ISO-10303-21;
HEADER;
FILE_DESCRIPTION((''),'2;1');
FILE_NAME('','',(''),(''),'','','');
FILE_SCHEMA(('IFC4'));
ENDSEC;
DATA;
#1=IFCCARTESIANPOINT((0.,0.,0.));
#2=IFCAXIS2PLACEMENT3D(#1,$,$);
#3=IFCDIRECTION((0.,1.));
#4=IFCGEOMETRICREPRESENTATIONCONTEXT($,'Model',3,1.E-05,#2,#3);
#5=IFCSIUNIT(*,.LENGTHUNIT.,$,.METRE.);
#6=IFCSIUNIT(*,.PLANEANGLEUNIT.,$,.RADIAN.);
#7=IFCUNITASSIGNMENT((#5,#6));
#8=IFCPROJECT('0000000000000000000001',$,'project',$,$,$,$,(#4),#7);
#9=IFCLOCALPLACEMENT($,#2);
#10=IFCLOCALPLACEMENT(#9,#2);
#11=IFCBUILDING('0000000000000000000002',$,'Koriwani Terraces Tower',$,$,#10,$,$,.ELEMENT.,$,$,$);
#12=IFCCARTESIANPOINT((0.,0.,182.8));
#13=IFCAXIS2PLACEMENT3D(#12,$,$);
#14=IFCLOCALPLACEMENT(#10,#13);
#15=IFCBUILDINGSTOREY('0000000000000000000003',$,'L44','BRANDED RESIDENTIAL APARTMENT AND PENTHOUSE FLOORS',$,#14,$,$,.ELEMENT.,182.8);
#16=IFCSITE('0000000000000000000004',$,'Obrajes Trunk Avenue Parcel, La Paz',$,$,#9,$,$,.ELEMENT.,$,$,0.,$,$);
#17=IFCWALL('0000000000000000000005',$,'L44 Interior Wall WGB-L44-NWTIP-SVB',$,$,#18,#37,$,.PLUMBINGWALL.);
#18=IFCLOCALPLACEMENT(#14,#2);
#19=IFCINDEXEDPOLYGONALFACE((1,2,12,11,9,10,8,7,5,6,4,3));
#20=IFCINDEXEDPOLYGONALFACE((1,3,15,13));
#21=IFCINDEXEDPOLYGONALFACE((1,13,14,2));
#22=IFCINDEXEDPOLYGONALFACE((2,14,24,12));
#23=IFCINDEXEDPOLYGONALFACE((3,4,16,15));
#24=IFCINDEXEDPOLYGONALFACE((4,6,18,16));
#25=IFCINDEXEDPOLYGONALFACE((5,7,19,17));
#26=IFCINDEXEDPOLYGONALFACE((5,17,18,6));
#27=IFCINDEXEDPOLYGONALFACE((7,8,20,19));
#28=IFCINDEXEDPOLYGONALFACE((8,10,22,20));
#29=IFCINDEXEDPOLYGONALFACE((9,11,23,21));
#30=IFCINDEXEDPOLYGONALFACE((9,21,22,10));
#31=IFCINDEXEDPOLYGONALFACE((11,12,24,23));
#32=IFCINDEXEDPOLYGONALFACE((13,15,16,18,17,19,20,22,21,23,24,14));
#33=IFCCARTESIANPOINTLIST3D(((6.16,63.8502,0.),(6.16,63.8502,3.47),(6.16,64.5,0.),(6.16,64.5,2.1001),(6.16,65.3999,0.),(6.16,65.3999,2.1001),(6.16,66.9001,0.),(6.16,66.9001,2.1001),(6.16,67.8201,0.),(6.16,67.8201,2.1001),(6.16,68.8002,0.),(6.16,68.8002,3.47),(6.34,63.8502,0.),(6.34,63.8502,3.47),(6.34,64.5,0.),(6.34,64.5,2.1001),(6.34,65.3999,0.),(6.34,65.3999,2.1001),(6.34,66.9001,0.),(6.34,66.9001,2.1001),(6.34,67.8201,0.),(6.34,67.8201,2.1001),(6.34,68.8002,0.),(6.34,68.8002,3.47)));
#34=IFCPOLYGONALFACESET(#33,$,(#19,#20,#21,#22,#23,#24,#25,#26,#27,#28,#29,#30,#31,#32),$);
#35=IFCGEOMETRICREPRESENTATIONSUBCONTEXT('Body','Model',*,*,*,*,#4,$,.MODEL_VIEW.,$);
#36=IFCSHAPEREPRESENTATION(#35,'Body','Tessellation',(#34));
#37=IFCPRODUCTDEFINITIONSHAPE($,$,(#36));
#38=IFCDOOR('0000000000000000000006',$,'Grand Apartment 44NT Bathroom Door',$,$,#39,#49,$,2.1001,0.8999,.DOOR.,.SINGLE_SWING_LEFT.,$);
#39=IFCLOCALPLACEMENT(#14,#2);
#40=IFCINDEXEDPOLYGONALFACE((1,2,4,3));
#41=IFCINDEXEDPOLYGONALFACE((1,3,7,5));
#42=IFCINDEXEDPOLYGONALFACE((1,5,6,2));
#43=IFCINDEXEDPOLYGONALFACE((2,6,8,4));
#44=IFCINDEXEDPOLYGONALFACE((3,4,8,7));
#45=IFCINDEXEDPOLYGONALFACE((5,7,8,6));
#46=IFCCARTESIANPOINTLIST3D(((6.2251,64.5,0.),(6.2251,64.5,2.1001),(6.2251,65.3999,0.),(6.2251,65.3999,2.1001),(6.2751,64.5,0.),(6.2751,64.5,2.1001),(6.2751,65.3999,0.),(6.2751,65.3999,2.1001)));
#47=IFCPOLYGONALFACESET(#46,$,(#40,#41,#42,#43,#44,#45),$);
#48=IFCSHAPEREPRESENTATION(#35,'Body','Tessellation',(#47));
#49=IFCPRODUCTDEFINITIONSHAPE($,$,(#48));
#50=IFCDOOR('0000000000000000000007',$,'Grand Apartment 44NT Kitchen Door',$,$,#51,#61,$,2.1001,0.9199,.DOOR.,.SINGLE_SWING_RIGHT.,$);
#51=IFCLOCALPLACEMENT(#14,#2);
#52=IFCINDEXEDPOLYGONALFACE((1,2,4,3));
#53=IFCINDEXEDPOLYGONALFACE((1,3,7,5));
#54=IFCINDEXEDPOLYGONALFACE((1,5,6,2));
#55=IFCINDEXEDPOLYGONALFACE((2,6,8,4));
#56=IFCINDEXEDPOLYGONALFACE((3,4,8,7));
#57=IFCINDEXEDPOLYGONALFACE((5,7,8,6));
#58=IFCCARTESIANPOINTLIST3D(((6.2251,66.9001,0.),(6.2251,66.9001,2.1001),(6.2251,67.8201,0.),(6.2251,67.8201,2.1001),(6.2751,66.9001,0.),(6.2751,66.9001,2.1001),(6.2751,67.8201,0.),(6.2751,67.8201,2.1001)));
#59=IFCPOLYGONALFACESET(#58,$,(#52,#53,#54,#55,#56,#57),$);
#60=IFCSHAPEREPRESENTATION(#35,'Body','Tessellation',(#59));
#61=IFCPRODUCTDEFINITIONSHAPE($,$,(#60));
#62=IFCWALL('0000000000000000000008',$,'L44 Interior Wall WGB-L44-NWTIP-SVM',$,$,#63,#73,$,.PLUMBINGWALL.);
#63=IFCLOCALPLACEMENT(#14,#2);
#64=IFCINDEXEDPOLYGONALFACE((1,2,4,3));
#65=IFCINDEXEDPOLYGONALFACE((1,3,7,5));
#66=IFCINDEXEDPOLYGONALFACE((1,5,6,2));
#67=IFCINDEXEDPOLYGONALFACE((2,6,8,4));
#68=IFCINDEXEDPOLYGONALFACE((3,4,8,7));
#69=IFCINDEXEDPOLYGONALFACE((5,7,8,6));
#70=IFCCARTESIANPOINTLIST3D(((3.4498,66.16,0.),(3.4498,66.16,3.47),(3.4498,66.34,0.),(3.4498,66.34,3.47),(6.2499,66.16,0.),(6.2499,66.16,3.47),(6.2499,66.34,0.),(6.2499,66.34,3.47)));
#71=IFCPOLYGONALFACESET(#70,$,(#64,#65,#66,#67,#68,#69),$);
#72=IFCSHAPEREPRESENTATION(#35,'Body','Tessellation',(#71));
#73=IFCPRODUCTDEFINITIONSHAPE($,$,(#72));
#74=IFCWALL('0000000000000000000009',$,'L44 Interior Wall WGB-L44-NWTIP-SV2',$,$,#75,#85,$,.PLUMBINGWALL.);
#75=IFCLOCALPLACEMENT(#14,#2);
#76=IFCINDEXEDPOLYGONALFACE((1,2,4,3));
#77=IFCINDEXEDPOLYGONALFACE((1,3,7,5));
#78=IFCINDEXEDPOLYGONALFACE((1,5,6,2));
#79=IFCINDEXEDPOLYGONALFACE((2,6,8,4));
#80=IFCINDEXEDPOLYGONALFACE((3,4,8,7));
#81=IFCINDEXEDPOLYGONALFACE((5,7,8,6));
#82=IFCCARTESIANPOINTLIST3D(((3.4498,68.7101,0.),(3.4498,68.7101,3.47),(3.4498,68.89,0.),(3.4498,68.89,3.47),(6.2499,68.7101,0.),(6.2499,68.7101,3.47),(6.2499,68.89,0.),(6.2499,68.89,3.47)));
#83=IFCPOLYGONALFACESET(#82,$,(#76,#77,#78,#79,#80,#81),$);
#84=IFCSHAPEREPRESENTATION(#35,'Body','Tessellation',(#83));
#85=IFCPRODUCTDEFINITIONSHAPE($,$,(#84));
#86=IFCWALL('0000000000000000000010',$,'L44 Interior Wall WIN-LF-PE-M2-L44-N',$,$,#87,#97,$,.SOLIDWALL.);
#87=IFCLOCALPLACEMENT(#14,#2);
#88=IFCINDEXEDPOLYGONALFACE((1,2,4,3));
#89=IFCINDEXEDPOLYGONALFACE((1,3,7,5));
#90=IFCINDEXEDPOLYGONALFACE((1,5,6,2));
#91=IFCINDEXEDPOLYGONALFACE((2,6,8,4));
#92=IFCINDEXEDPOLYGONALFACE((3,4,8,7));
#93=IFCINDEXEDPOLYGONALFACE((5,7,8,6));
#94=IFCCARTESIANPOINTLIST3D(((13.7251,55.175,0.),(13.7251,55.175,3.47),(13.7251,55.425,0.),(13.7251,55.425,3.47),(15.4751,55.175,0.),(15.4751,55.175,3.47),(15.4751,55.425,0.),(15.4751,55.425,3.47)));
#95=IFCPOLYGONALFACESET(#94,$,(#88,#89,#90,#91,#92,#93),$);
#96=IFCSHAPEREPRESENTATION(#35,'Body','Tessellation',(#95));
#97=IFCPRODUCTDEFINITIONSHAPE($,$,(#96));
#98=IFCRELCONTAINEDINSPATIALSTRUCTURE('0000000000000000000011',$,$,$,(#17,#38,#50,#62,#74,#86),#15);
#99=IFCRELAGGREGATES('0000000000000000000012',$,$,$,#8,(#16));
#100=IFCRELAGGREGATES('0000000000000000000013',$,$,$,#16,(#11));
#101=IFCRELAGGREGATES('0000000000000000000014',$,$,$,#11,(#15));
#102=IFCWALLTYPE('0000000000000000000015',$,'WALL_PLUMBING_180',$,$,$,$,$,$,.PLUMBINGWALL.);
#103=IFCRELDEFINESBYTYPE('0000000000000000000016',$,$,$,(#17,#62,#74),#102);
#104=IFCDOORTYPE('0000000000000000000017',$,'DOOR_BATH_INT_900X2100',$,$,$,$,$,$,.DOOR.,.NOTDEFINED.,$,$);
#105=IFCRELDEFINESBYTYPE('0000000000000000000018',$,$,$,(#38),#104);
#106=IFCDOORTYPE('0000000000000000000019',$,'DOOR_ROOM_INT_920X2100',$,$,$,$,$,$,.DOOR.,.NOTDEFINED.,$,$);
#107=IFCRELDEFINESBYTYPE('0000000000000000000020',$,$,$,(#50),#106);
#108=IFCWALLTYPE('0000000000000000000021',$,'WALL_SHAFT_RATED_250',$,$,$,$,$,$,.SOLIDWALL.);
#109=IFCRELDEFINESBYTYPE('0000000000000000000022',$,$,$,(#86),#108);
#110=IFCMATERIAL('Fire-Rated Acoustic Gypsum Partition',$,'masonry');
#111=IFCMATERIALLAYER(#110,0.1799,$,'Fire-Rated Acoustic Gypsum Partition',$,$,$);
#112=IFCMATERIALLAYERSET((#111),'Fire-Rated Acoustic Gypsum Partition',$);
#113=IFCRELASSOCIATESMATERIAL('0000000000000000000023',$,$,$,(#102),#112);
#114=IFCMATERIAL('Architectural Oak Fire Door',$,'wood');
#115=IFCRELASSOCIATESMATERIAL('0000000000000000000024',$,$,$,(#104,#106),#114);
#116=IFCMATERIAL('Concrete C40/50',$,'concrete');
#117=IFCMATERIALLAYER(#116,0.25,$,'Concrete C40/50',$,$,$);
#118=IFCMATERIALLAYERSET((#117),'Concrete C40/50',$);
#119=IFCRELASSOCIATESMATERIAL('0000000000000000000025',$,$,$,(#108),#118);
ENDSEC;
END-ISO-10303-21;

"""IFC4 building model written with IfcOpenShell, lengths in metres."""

from ifc_helpers import new_model, si_unit, direction, frame, frame_2d, origin, place, context, subcontext, project, spatial, rectangle, extrude, material, layer, layer_set, type_object, element, fill, save


model = new_model("IFC4")

# Units and contexts
model_context = context("Model", 3, precision=1e-05, world=origin(), true_north=direction((0.0, 1.0)))
body_context = subcontext(model_context, "Body", "Model", "MODEL_VIEW")
ifc_project = project(units=[si_unit("LENGTHUNIT", "METRE"), si_unit("PLANEANGLEUNIT", "RADIAN")], contexts=[model_context])

# Site, building, storey
site_placement = place(None, origin())
site = spatial("IfcSite", under=ifc_project, at=site_placement, Name="Obrajes Trunk Avenue Parcel, La Paz", CompositionType="ELEMENT", RefElevation=0.0)
building_placement = place(site_placement, origin())
building = spatial("IfcBuilding", under=site, at=building_placement, Name="Koriwani Terraces Tower", CompositionType="ELEMENT")
storey_placement = place(building_placement, frame((0.0, 0.0, 182.8)))
storey = spatial("IfcBuildingStorey", under=building, at=storey_placement, Name="L44", Description="BRANDED RESIDENTIAL APARTMENT AND PENTHOUSE FLOORS", CompositionType="ELEMENT", Elevation=182.8)

# Shared definitions
ifc_material_1 = material(Name="Concrete C40/50", Category="concrete")

# Shared definitions
ifc_material_2 = material(Name="Architectural Oak Fire Door", Category="wood")

# Wall, openings, doors
ifc_material_3 = material(Name="Fire-Rated Acoustic Gypsum Partition", Category="masonry")
ifc_layer_1 = layer(ifc_material_3, 0.1799, Name="Fire-Rated Acoustic Gypsum Partition")
ifc_layer_set_1 = layer_set([ifc_layer_1], Name="Fire-Rated Acoustic Gypsum Partition")
wall_type_1 = type_object("IfcWallType", Name="WALL_PLUMBING_180", PredefinedType="PLUMBINGWALL", material=ifc_layer_set_1)
wall_1_placement = place(storey_placement, frame((6.25, 63.8501, 0.0), z_axis=(0.0, 0.0, 1.0), x_axis=(0.0, 1.0, 0.0)))
wall_1 = element("IfcWall", 1, at=wall_1_placement, inside=storey, type_object=wall_type_1, Name="L44 Interior Wall WGB-L44-NWTIP-SVB", PredefinedType="PLUMBINGWALL", context=body_context, shape_type="SweptSolid", body=[
    extrude(rectangle(XDim=4.95, YDim=0.1799, at=frame_2d((2.4751, 0.0))), origin(), (0.0, 0.0, 1.0), 3.47),
])
opening_1_placement = place(wall_1_placement, frame((0.6499, 0.0, 0.0)))
opening_1 = element("IfcOpeningElement", 2, at=opening_1_placement, cuts=wall_1, PredefinedType="OPENING", context=body_context, shape_type="SweptSolid", body=[
    extrude(rectangle(XDim=0.8999, YDim=2.1001, at=frame_2d((0.45, 1.05))), frame((0.0, 0.1001, 0.0), z_axis=(0.0, -1.0, 0.0), x_axis=(1.0, 0.0, 0.0)), (0.0, 0.0, 1.0), 0.2),
])
opening_2_placement = place(wall_1_placement, frame((3.05, 0.0, 0.0)))
opening_2 = element("IfcOpeningElement", 3, at=opening_2_placement, cuts=wall_1, PredefinedType="OPENING", context=body_context, shape_type="SweptSolid", body=[
    extrude(rectangle(XDim=0.9199, YDim=2.1001, at=frame_2d((0.46, 1.05))), frame((0.0, 0.1001, 0.0), z_axis=(0.0, -1.0, 0.0), x_axis=(1.0, 0.0, 0.0)), (0.0, 0.0, 1.0), 0.2),
])
door_type_1 = type_object("IfcDoorType", Name="DOOR_BATH_INT_900X2100", OperationType="NOTDEFINED", PredefinedType="DOOR", material=ifc_material_2)
door_1_placement = place(opening_1_placement, origin())
door_1 = element("IfcDoor", 4, at=door_1_placement, inside=storey, type_object=door_type_1, Name="Grand Apartment 44NT Bathroom Door", OperationType="SINGLE_SWING_LEFT", OverallHeight=2.1001, OverallWidth=0.8999, PredefinedType="DOOR", context=body_context, shape_type="SweptSolid", body=[
    extrude(rectangle(XDim=0.8999, YDim=2.1001, at=frame_2d((0.45, 1.05))), frame((0.0, 0.0249, 0.0), z_axis=(0.0, -1.0, 0.0), x_axis=(1.0, 0.0, 0.0)), (0.0, 0.0, 1.0), 0.05),
])
fill(opening_1, door_1)
door_type_2 = type_object("IfcDoorType", Name="DOOR_ROOM_INT_920X2100", OperationType="NOTDEFINED", PredefinedType="DOOR", material=ifc_material_2)
door_2_placement = place(opening_2_placement, origin())
door_2 = element("IfcDoor", 5, at=door_2_placement, inside=storey, type_object=door_type_2, Name="Grand Apartment 44NT Kitchen Door", OperationType="SINGLE_SWING_RIGHT", OverallHeight=2.1001, OverallWidth=0.9199, PredefinedType="DOOR", context=body_context, shape_type="SweptSolid", body=[
    extrude(rectangle(XDim=0.9199, YDim=2.1001, at=frame_2d((0.46, 1.05))), frame((0.0, 0.0249, 0.0), z_axis=(0.0, -1.0, 0.0), x_axis=(1.0, 0.0, 0.0)), (0.0, 0.0, 1.0), 0.05),
])
fill(opening_2, door_2)

# Walls
for number, where, z_axis, x_axis, name in (
    (6, (3.45, 66.25, 0.0), (0.0, 0.0, 1.0), (1.0, 0.0, 0.0), "L44 Interior Wall WGB-L44-NWTIP-SVM"),
    (7, (3.45, 68.8, 0.0), (0.0, 0.0, 1.0), (1.0, 0.0, 0.0), "L44 Interior Wall WGB-L44-NWTIP-SV2"),
):
    element("IfcWall", number, at=place(storey_placement, frame(where, z_axis=z_axis, x_axis=x_axis)), inside=storey, type_object=wall_type_1, Name=name, PredefinedType="PLUMBINGWALL", context=body_context, shape_type="SweptSolid", body=[
        extrude(rectangle(XDim=2.8, YDim=0.1799, at=frame_2d((1.3999, 0.0))), origin(), (0.0, 0.0, 1.0), 3.47),
    ])
ifc_layer_2 = layer(ifc_material_1, 0.25, Name="Concrete C40/50")
ifc_layer_set_2 = layer_set([ifc_layer_2], Name="Concrete C40/50")
wall_type_2 = type_object("IfcWallType", Name="WALL_SHAFT_RATED_250", PredefinedType="SOLIDWALL", material=ifc_layer_set_2)
wall_2_placement = place(storey_placement, frame((13.7251, 55.3, 0.0), z_axis=(0.0, 0.0, 1.0), x_axis=(1.0, 0.0, 0.0)))
element("IfcWall", 8, at=wall_2_placement, inside=storey, type_object=wall_type_2, Name="L44 Interior Wall WIN-LF-PE-M2-L44-N", PredefinedType="SOLIDWALL", context=body_context, shape_type="SweptSolid", body=[
    extrude(rectangle(XDim=1.75, YDim=0.25, at=frame_2d((0.875, 0.0))), origin(), (0.0, 0.0, 1.0), 3.47),
])

save(model, "model.ifc")
